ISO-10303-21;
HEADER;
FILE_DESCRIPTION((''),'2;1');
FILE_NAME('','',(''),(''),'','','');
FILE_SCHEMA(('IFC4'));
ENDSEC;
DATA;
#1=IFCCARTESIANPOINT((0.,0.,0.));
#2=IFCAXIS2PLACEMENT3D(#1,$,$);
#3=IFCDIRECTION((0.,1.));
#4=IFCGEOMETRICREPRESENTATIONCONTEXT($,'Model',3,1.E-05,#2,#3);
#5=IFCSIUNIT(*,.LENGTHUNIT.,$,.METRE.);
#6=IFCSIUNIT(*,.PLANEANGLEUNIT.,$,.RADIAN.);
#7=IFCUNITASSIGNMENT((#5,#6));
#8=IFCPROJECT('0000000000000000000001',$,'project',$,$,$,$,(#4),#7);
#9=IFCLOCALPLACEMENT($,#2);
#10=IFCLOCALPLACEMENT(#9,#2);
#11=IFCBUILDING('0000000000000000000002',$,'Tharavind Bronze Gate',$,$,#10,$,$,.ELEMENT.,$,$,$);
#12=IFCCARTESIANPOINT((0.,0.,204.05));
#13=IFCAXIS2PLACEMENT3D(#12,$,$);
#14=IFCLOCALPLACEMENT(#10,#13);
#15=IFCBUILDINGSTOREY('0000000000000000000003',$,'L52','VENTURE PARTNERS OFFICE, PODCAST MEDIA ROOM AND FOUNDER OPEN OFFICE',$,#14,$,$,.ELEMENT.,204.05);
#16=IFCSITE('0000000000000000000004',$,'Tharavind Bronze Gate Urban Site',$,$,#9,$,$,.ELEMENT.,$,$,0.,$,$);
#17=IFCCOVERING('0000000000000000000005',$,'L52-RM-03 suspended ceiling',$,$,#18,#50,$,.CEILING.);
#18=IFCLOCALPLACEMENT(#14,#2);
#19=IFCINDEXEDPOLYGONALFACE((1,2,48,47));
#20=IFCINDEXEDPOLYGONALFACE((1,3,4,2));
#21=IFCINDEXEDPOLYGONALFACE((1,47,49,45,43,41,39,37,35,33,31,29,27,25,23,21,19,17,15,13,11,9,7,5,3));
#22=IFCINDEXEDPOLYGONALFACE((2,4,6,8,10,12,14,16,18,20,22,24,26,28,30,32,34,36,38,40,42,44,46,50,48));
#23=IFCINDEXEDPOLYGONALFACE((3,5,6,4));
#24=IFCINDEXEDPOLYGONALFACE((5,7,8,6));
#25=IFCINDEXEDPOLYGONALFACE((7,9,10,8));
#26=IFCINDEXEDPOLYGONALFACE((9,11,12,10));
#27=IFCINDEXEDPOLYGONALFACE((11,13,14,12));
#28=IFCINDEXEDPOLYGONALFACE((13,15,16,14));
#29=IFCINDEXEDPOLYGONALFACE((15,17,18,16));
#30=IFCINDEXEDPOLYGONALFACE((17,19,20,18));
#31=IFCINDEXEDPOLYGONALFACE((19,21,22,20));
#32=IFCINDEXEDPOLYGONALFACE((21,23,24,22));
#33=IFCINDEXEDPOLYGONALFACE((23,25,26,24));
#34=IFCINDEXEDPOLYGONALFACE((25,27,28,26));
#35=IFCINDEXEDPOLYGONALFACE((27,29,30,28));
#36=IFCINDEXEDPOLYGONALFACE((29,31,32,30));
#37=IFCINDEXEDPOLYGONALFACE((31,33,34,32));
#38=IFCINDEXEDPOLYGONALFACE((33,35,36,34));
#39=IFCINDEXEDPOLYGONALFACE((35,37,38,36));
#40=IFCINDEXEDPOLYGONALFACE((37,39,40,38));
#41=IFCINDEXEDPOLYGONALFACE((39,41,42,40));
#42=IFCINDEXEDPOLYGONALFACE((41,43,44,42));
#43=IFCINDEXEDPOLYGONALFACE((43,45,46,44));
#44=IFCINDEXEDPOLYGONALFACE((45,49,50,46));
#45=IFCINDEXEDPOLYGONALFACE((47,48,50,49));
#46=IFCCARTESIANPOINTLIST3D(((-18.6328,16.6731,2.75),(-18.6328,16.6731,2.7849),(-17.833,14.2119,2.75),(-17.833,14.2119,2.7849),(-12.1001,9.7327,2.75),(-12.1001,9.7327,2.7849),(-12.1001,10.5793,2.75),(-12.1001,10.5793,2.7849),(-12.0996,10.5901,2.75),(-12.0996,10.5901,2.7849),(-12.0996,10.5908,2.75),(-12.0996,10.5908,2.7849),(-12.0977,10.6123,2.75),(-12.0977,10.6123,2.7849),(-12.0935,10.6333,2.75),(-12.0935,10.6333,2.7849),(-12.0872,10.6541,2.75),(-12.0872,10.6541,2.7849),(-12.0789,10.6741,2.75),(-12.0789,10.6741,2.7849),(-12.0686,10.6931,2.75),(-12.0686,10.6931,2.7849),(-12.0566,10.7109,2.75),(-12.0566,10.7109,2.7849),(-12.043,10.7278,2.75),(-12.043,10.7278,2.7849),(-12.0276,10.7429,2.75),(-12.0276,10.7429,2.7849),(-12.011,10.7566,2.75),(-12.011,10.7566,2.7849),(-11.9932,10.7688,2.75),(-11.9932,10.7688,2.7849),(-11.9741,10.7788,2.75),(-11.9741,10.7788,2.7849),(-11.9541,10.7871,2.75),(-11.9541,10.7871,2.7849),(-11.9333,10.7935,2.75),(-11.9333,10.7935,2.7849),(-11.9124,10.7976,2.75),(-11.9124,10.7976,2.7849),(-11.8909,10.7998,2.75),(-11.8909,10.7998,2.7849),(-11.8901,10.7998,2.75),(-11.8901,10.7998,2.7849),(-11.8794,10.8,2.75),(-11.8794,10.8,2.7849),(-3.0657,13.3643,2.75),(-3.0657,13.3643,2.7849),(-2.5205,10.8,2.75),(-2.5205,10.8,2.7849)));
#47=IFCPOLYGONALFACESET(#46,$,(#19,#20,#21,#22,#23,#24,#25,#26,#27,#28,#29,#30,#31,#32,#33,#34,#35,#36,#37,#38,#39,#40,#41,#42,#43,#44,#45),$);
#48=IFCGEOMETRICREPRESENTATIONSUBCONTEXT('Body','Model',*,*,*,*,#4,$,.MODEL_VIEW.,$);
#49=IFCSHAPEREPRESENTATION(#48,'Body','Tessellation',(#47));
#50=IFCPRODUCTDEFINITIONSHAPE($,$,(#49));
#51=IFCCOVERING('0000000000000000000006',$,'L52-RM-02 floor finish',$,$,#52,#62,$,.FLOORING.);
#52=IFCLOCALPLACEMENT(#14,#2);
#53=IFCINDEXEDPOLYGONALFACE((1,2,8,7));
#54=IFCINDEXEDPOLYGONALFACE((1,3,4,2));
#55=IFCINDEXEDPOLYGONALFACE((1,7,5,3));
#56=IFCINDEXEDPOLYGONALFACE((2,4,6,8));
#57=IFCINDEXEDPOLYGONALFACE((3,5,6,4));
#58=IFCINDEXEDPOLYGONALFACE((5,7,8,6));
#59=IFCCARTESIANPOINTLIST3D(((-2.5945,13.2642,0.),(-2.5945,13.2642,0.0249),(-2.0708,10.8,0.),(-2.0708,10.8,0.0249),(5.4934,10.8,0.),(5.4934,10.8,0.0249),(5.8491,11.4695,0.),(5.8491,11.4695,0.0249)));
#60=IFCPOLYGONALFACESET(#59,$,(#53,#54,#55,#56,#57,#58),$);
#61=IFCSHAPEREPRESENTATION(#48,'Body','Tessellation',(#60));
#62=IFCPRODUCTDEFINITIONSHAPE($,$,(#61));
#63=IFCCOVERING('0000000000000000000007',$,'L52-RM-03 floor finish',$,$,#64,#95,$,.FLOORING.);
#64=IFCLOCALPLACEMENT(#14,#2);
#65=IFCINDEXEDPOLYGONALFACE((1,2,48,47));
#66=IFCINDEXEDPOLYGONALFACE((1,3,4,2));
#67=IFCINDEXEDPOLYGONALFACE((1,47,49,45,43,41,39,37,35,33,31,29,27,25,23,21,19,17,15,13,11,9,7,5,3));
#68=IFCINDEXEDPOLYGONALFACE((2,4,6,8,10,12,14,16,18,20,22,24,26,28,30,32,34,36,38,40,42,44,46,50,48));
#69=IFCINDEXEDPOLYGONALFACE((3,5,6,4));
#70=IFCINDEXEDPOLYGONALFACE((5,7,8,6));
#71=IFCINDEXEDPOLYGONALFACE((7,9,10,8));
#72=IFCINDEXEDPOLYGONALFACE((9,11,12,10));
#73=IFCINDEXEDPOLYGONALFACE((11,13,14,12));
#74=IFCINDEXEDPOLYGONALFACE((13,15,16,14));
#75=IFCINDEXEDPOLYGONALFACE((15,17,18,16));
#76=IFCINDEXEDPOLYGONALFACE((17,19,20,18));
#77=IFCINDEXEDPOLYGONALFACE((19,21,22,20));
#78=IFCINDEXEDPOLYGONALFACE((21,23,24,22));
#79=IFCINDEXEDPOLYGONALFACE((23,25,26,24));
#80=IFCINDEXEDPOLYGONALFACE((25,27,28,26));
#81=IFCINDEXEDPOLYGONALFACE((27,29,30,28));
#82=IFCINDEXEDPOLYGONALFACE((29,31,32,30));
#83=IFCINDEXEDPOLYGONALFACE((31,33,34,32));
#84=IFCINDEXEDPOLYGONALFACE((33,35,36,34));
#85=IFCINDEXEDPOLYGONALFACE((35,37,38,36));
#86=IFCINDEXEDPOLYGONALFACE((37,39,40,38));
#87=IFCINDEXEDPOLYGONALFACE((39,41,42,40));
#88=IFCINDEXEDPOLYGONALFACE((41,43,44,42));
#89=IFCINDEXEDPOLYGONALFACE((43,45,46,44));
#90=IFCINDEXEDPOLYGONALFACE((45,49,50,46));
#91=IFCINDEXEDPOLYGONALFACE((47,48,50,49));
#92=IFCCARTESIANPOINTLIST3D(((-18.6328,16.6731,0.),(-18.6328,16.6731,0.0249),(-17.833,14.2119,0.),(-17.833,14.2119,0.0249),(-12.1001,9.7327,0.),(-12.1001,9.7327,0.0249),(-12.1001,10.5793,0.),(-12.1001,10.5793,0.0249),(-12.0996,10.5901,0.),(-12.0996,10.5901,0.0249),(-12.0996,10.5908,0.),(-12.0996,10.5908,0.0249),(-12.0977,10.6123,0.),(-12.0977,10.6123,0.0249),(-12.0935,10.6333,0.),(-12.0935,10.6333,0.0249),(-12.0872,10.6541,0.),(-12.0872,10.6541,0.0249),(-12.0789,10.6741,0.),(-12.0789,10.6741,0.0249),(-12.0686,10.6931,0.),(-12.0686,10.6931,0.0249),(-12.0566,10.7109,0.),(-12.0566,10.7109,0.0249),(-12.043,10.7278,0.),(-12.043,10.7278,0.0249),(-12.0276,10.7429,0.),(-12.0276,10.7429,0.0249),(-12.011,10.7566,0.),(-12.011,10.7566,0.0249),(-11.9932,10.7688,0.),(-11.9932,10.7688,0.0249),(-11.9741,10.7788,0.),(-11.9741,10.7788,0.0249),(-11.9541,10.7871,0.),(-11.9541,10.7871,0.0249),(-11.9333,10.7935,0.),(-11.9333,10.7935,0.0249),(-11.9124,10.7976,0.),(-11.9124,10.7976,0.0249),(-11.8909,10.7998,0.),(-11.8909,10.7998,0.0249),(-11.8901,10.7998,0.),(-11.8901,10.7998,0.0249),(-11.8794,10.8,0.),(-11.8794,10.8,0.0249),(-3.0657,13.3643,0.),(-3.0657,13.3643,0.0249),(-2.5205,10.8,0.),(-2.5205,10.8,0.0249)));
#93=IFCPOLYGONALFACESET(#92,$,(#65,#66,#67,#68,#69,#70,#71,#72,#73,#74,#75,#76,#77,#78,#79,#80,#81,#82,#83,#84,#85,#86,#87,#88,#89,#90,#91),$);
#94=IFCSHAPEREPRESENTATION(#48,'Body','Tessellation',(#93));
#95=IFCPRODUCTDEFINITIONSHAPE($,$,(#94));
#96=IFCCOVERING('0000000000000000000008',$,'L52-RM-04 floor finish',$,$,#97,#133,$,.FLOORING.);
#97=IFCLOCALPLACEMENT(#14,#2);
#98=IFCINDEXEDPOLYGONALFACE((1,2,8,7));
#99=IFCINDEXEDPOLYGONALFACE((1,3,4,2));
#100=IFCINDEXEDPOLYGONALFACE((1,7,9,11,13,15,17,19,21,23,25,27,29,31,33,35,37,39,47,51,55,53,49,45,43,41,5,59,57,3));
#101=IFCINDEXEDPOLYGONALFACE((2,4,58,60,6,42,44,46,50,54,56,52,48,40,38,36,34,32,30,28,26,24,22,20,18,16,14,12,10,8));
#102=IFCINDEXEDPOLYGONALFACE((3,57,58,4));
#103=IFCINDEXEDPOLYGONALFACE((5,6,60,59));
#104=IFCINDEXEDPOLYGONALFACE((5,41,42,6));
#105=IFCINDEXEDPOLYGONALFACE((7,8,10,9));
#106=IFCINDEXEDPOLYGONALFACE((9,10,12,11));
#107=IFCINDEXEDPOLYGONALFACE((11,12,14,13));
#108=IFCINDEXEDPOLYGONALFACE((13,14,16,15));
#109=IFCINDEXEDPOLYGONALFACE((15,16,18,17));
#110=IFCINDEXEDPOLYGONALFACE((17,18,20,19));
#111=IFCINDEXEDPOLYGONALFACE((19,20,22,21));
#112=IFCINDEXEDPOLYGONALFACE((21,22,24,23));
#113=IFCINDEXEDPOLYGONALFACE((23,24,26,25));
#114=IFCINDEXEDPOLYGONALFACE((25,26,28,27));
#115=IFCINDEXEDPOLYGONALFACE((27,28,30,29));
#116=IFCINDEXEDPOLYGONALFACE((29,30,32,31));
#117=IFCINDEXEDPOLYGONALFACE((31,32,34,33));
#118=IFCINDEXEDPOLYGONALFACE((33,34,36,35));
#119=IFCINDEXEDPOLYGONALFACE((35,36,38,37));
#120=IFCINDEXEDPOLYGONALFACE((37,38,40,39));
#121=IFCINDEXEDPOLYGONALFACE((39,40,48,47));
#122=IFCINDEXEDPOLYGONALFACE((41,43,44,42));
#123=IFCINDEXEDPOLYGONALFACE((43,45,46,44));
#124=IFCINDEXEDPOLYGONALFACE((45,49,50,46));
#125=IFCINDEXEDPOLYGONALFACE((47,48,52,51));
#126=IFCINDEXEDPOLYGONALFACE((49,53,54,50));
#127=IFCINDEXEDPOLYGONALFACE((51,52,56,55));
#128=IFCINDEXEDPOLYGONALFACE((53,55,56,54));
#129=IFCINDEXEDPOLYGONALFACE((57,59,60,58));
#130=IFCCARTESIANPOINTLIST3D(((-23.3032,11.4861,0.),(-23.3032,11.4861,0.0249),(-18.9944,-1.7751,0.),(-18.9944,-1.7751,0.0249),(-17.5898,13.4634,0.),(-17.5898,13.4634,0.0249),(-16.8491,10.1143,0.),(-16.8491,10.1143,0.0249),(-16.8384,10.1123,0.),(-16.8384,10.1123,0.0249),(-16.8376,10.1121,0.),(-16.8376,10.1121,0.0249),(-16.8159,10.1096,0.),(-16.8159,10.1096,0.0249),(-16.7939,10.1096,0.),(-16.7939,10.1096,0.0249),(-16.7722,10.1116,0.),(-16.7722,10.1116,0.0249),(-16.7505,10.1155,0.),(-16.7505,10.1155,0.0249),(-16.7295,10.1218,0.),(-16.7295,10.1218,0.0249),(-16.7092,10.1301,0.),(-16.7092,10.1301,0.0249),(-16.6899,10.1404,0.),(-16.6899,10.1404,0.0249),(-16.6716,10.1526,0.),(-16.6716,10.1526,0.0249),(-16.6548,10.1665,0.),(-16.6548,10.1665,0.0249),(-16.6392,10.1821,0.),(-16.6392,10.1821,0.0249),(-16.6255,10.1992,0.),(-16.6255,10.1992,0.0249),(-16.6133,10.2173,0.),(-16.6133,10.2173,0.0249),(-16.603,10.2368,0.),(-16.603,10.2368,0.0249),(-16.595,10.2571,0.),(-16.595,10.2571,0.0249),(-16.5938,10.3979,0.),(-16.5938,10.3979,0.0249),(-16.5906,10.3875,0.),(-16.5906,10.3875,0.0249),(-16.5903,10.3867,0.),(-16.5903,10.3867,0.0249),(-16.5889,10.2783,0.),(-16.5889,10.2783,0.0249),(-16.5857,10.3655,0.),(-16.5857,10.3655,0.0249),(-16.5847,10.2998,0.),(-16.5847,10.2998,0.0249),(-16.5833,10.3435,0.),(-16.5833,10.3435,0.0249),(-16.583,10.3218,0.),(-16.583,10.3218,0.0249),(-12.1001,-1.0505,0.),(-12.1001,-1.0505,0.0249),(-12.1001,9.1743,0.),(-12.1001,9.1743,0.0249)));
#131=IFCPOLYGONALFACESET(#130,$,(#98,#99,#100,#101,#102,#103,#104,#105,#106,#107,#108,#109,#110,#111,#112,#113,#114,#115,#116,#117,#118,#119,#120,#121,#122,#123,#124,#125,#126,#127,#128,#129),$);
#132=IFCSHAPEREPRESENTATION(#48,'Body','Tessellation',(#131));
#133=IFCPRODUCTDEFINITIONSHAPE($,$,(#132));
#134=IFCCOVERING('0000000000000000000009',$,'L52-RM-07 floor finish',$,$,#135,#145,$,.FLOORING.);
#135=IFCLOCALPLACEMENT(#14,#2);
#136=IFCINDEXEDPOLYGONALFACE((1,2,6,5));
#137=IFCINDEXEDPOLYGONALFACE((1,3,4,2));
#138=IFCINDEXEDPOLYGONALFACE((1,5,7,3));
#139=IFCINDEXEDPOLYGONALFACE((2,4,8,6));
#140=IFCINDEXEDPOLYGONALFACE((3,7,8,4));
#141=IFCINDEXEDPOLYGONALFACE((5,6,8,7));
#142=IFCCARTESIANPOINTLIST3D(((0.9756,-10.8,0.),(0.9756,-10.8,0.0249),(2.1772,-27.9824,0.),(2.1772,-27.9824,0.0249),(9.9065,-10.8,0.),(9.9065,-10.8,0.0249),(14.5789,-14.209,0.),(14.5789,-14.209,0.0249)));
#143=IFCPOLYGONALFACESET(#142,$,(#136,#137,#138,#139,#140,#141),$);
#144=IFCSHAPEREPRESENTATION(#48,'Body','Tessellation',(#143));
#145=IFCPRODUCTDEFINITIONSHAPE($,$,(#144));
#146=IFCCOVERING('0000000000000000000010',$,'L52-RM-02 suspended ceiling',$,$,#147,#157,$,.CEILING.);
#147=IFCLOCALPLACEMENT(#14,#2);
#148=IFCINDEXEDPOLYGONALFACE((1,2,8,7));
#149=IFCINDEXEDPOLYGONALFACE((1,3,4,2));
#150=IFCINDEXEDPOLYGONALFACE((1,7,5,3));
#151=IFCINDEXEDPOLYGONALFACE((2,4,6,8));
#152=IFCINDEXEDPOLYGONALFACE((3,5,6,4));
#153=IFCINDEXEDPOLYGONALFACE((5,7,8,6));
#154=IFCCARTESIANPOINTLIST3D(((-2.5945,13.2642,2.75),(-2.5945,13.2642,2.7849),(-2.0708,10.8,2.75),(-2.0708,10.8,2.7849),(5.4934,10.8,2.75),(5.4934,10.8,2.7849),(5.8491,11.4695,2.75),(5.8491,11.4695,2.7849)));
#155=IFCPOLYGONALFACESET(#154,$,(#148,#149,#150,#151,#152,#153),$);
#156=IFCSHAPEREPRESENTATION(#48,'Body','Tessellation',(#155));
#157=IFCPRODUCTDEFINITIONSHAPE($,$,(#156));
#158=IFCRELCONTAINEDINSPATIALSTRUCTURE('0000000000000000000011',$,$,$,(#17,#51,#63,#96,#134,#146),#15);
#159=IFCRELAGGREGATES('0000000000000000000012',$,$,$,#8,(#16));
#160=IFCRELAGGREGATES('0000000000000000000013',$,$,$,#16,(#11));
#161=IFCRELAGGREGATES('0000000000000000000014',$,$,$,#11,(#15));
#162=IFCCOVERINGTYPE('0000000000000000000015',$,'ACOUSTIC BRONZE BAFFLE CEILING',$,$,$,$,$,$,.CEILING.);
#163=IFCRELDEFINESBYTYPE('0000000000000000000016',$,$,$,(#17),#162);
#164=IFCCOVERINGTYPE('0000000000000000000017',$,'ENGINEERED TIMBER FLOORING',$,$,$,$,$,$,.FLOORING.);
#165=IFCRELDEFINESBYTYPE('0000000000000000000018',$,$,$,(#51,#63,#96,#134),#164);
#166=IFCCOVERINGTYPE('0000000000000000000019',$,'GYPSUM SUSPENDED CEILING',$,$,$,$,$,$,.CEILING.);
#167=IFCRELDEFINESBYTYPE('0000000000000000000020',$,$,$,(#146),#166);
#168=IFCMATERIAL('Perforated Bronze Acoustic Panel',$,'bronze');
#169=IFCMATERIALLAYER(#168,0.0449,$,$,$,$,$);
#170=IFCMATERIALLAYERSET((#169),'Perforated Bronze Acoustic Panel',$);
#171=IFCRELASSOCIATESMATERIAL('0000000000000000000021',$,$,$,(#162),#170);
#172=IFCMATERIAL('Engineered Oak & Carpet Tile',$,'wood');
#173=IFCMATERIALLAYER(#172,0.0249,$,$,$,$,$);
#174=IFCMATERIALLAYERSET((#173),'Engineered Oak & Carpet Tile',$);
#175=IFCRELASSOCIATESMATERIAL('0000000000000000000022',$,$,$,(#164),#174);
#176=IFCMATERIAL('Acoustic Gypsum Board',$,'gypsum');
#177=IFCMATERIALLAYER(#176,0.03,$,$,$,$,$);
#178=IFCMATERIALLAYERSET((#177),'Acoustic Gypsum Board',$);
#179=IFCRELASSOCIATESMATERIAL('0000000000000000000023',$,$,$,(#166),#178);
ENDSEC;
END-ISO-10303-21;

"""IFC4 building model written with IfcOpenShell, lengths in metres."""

from ifc_helpers import new_model, si_unit, direction, frame, origin, place, context, subcontext, project, spatial, polyline, outline, extrude, material, layer, layer_set, type_object, element, save


model = new_model("IFC4")

# Units and contexts
model_context = context("Model", 3, precision=1e-05, world=origin(), true_north=direction((0.0, 1.0)))
body_context = subcontext(model_context, "Body", "Model", "MODEL_VIEW")
ifc_project = project(units=[si_unit("LENGTHUNIT", "METRE"), si_unit("PLANEANGLEUNIT", "RADIAN")], contexts=[model_context])

# Site, building, storey
site_placement = place(None, origin())
site = spatial("IfcSite", under=ifc_project, at=site_placement, Name="Tharavind Bronze Gate Urban Site", CompositionType="ELEMENT", RefElevation=0.0)
building_placement = place(site_placement, origin())
building = spatial("IfcBuilding", under=site, at=building_placement, Name="Tharavind Bronze Gate", CompositionType="ELEMENT")
storey_placement = place(building_placement, frame((0.0, 0.0, 204.05)))
storey = spatial("IfcBuildingStorey", under=building, at=storey_placement, Name="L52", Description="VENTURE PARTNERS OFFICE, PODCAST MEDIA ROOM AND FOUNDER OPEN OFFICE", CompositionType="ELEMENT", Elevation=204.05)

# Coverings
ifc_material_1 = material(Name="Perforated Bronze Acoustic Panel", Category="bronze")
ifc_layer_1 = layer(ifc_material_1, 0.0449)
ifc_layer_set_1 = layer_set([ifc_layer_1], Name="Perforated Bronze Acoustic Panel")
covering_type_1 = type_object("IfcCoveringType", Name="ACOUSTIC BRONZE BAFFLE CEILING", PredefinedType="CEILING", material=ifc_layer_set_1)
covering_1_placement = place(storey_placement, frame((0.0, 0.0, 2.75)))
element("IfcCovering", 1, at=covering_1_placement, inside=storey, type_object=covering_type_1, Name="L52-RM-03 suspended ceiling", PredefinedType="CEILING", context=body_context, shape_type="SweptSolid", body=[
    extrude(outline(polyline([(-17.833, 14.2119), (-12.1001, 9.7327), (-12.1001, 10.5793), (-12.0996, 10.5901), (-12.0996, 10.5908), (-12.0977, 10.6123), (-12.0935, 10.6333), (-12.0872, 10.6541), (-12.0789, 10.6741), (-12.0686, 10.6931), (-12.0566, 10.7109), (-12.043, 10.7278), (-12.0276, 10.7429), (-12.011, 10.7566), (-11.9932, 10.7688), (-11.9741, 10.7788), (-11.9541, 10.7871), (-11.9333, 10.7935), (-11.9124, 10.7976), (-11.8909, 10.7998), (-11.8901, 10.7998), (-11.8794, 10.8), (-2.5205, 10.8), (-3.0657, 13.3643), (-18.6328, 16.6731), (-17.833, 14.2119)])), origin(), (0.0, 0.0, 1.0), 0.0349),
])
ifc_material_2 = material(Name="Engineered Oak & Carpet Tile", Category="wood")
ifc_layer_2 = layer(ifc_material_2, 0.0249)
ifc_layer_set_2 = layer_set([ifc_layer_2], Name="Engineered Oak & Carpet Tile")
covering_type_2 = type_object("IfcCoveringType", Name="ENGINEERED TIMBER FLOORING", PredefinedType="FLOORING", material=ifc_layer_set_2)
covering_2_placement = place(storey_placement, origin())
element("IfcCovering", 2, at=covering_2_placement, inside=storey, type_object=covering_type_2, Name="L52-RM-02 floor finish", PredefinedType="FLOORING", context=body_context, shape_type="SweptSolid", body=[
    extrude(outline(polyline([(-2.0708, 10.8), (5.4934, 10.8), (5.8491, 11.4695), (-2.5945, 13.2642), (-2.0708, 10.8)])), origin(), (0.0, 0.0, 1.0), 0.0249),
])
covering_3_placement = place(storey_placement, origin())
element("IfcCovering", 3, at=covering_3_placement, inside=storey, type_object=covering_type_2, Name="L52-RM-03 floor finish", PredefinedType="FLOORING", context=body_context, shape_type="SweptSolid", body=[
    extrude(outline(polyline([(-17.833, 14.2119), (-12.1001, 9.7327), (-12.1001, 10.5793), (-12.0996, 10.5901), (-12.0996, 10.5908), (-12.0977, 10.6123), (-12.0935, 10.6333), (-12.0872, 10.6541), (-12.0789, 10.6741), (-12.0686, 10.6931), (-12.0566, 10.7109), (-12.043, 10.7278), (-12.0276, 10.7429), (-12.011, 10.7566), (-11.9932, 10.7688), (-11.9741, 10.7788), (-11.9541, 10.7871), (-11.9333, 10.7935), (-11.9124, 10.7976), (-11.8909, 10.7998), (-11.8901, 10.7998), (-11.8794, 10.8), (-2.5205, 10.8), (-3.0657, 13.3643), (-18.6328, 16.6731), (-17.833, 14.2119)])), origin(), (0.0, 0.0, 1.0), 0.0249),
])
covering_4_placement = place(storey_placement, origin())
element("IfcCovering", 4, at=covering_4_placement, inside=storey, type_object=covering_type_2, Name="L52-RM-04 floor finish", PredefinedType="FLOORING", context=body_context, shape_type="SweptSolid", body=[
    extrude(outline(polyline([(-18.9944, -1.7751), (-12.1001, -1.0505), (-12.1001, 9.1743), (-17.5898, 13.4634), (-16.5938, 10.3979), (-16.5906, 10.3875), (-16.5903, 10.3867), (-16.5857, 10.3655), (-16.5833, 10.3435), (-16.583, 10.3218), (-16.5847, 10.2998), (-16.5889, 10.2783), (-16.595, 10.2571), (-16.603, 10.2368), (-16.6133, 10.2173), (-16.6255, 10.1992), (-16.6392, 10.1821), (-16.6548, 10.1665), (-16.6716, 10.1526), (-16.6899, 10.1404), (-16.7092, 10.1301), (-16.7295, 10.1218), (-16.7505, 10.1155), (-16.7722, 10.1116), (-16.7939, 10.1096), (-16.8159, 10.1096), (-16.8376, 10.1121), (-16.8384, 10.1123), (-16.8491, 10.1143), (-23.3032, 11.4861), (-18.9944, -1.7751)])), origin(), (0.0, 0.0, 1.0), 0.0249),
])
covering_5_placement = place(storey_placement, origin())
element("IfcCovering", 5, at=covering_5_placement, inside=storey, type_object=covering_type_2, Name="L52-RM-07 floor finish", PredefinedType="FLOORING", context=body_context, shape_type="SweptSolid", body=[
    extrude(outline(polyline([(2.1772, -27.9824), (14.5789, -14.209), (9.9065, -10.8), (0.9756, -10.8), (2.1772, -27.9824)])), origin(), (0.0, 0.0, 1.0), 0.0249),
])
ifc_material_3 = material(Name="Acoustic Gypsum Board", Category="gypsum")
ifc_layer_3 = layer(ifc_material_3, 0.03)
ifc_layer_set_3 = layer_set([ifc_layer_3], Name="Acoustic Gypsum Board")
covering_type_3 = type_object("IfcCoveringType", Name="GYPSUM SUSPENDED CEILING", PredefinedType="CEILING", material=ifc_layer_set_3)
covering_6_placement = place(storey_placement, frame((0.0, 0.0, 2.75)))
element("IfcCovering", 6, at=covering_6_placement, inside=storey, type_object=covering_type_3, Name="L52-RM-02 suspended ceiling", PredefinedType="CEILING", context=body_context, shape_type="SweptSolid", body=[
    extrude(outline(polyline([(-2.0708, 10.8), (5.4934, 10.8), (5.8491, 11.4695), (-2.5945, 13.2642), (-2.0708, 10.8)])), origin(), (0.0, 0.0, 1.0), 0.0349),
])

save(model, "model.ifc")
